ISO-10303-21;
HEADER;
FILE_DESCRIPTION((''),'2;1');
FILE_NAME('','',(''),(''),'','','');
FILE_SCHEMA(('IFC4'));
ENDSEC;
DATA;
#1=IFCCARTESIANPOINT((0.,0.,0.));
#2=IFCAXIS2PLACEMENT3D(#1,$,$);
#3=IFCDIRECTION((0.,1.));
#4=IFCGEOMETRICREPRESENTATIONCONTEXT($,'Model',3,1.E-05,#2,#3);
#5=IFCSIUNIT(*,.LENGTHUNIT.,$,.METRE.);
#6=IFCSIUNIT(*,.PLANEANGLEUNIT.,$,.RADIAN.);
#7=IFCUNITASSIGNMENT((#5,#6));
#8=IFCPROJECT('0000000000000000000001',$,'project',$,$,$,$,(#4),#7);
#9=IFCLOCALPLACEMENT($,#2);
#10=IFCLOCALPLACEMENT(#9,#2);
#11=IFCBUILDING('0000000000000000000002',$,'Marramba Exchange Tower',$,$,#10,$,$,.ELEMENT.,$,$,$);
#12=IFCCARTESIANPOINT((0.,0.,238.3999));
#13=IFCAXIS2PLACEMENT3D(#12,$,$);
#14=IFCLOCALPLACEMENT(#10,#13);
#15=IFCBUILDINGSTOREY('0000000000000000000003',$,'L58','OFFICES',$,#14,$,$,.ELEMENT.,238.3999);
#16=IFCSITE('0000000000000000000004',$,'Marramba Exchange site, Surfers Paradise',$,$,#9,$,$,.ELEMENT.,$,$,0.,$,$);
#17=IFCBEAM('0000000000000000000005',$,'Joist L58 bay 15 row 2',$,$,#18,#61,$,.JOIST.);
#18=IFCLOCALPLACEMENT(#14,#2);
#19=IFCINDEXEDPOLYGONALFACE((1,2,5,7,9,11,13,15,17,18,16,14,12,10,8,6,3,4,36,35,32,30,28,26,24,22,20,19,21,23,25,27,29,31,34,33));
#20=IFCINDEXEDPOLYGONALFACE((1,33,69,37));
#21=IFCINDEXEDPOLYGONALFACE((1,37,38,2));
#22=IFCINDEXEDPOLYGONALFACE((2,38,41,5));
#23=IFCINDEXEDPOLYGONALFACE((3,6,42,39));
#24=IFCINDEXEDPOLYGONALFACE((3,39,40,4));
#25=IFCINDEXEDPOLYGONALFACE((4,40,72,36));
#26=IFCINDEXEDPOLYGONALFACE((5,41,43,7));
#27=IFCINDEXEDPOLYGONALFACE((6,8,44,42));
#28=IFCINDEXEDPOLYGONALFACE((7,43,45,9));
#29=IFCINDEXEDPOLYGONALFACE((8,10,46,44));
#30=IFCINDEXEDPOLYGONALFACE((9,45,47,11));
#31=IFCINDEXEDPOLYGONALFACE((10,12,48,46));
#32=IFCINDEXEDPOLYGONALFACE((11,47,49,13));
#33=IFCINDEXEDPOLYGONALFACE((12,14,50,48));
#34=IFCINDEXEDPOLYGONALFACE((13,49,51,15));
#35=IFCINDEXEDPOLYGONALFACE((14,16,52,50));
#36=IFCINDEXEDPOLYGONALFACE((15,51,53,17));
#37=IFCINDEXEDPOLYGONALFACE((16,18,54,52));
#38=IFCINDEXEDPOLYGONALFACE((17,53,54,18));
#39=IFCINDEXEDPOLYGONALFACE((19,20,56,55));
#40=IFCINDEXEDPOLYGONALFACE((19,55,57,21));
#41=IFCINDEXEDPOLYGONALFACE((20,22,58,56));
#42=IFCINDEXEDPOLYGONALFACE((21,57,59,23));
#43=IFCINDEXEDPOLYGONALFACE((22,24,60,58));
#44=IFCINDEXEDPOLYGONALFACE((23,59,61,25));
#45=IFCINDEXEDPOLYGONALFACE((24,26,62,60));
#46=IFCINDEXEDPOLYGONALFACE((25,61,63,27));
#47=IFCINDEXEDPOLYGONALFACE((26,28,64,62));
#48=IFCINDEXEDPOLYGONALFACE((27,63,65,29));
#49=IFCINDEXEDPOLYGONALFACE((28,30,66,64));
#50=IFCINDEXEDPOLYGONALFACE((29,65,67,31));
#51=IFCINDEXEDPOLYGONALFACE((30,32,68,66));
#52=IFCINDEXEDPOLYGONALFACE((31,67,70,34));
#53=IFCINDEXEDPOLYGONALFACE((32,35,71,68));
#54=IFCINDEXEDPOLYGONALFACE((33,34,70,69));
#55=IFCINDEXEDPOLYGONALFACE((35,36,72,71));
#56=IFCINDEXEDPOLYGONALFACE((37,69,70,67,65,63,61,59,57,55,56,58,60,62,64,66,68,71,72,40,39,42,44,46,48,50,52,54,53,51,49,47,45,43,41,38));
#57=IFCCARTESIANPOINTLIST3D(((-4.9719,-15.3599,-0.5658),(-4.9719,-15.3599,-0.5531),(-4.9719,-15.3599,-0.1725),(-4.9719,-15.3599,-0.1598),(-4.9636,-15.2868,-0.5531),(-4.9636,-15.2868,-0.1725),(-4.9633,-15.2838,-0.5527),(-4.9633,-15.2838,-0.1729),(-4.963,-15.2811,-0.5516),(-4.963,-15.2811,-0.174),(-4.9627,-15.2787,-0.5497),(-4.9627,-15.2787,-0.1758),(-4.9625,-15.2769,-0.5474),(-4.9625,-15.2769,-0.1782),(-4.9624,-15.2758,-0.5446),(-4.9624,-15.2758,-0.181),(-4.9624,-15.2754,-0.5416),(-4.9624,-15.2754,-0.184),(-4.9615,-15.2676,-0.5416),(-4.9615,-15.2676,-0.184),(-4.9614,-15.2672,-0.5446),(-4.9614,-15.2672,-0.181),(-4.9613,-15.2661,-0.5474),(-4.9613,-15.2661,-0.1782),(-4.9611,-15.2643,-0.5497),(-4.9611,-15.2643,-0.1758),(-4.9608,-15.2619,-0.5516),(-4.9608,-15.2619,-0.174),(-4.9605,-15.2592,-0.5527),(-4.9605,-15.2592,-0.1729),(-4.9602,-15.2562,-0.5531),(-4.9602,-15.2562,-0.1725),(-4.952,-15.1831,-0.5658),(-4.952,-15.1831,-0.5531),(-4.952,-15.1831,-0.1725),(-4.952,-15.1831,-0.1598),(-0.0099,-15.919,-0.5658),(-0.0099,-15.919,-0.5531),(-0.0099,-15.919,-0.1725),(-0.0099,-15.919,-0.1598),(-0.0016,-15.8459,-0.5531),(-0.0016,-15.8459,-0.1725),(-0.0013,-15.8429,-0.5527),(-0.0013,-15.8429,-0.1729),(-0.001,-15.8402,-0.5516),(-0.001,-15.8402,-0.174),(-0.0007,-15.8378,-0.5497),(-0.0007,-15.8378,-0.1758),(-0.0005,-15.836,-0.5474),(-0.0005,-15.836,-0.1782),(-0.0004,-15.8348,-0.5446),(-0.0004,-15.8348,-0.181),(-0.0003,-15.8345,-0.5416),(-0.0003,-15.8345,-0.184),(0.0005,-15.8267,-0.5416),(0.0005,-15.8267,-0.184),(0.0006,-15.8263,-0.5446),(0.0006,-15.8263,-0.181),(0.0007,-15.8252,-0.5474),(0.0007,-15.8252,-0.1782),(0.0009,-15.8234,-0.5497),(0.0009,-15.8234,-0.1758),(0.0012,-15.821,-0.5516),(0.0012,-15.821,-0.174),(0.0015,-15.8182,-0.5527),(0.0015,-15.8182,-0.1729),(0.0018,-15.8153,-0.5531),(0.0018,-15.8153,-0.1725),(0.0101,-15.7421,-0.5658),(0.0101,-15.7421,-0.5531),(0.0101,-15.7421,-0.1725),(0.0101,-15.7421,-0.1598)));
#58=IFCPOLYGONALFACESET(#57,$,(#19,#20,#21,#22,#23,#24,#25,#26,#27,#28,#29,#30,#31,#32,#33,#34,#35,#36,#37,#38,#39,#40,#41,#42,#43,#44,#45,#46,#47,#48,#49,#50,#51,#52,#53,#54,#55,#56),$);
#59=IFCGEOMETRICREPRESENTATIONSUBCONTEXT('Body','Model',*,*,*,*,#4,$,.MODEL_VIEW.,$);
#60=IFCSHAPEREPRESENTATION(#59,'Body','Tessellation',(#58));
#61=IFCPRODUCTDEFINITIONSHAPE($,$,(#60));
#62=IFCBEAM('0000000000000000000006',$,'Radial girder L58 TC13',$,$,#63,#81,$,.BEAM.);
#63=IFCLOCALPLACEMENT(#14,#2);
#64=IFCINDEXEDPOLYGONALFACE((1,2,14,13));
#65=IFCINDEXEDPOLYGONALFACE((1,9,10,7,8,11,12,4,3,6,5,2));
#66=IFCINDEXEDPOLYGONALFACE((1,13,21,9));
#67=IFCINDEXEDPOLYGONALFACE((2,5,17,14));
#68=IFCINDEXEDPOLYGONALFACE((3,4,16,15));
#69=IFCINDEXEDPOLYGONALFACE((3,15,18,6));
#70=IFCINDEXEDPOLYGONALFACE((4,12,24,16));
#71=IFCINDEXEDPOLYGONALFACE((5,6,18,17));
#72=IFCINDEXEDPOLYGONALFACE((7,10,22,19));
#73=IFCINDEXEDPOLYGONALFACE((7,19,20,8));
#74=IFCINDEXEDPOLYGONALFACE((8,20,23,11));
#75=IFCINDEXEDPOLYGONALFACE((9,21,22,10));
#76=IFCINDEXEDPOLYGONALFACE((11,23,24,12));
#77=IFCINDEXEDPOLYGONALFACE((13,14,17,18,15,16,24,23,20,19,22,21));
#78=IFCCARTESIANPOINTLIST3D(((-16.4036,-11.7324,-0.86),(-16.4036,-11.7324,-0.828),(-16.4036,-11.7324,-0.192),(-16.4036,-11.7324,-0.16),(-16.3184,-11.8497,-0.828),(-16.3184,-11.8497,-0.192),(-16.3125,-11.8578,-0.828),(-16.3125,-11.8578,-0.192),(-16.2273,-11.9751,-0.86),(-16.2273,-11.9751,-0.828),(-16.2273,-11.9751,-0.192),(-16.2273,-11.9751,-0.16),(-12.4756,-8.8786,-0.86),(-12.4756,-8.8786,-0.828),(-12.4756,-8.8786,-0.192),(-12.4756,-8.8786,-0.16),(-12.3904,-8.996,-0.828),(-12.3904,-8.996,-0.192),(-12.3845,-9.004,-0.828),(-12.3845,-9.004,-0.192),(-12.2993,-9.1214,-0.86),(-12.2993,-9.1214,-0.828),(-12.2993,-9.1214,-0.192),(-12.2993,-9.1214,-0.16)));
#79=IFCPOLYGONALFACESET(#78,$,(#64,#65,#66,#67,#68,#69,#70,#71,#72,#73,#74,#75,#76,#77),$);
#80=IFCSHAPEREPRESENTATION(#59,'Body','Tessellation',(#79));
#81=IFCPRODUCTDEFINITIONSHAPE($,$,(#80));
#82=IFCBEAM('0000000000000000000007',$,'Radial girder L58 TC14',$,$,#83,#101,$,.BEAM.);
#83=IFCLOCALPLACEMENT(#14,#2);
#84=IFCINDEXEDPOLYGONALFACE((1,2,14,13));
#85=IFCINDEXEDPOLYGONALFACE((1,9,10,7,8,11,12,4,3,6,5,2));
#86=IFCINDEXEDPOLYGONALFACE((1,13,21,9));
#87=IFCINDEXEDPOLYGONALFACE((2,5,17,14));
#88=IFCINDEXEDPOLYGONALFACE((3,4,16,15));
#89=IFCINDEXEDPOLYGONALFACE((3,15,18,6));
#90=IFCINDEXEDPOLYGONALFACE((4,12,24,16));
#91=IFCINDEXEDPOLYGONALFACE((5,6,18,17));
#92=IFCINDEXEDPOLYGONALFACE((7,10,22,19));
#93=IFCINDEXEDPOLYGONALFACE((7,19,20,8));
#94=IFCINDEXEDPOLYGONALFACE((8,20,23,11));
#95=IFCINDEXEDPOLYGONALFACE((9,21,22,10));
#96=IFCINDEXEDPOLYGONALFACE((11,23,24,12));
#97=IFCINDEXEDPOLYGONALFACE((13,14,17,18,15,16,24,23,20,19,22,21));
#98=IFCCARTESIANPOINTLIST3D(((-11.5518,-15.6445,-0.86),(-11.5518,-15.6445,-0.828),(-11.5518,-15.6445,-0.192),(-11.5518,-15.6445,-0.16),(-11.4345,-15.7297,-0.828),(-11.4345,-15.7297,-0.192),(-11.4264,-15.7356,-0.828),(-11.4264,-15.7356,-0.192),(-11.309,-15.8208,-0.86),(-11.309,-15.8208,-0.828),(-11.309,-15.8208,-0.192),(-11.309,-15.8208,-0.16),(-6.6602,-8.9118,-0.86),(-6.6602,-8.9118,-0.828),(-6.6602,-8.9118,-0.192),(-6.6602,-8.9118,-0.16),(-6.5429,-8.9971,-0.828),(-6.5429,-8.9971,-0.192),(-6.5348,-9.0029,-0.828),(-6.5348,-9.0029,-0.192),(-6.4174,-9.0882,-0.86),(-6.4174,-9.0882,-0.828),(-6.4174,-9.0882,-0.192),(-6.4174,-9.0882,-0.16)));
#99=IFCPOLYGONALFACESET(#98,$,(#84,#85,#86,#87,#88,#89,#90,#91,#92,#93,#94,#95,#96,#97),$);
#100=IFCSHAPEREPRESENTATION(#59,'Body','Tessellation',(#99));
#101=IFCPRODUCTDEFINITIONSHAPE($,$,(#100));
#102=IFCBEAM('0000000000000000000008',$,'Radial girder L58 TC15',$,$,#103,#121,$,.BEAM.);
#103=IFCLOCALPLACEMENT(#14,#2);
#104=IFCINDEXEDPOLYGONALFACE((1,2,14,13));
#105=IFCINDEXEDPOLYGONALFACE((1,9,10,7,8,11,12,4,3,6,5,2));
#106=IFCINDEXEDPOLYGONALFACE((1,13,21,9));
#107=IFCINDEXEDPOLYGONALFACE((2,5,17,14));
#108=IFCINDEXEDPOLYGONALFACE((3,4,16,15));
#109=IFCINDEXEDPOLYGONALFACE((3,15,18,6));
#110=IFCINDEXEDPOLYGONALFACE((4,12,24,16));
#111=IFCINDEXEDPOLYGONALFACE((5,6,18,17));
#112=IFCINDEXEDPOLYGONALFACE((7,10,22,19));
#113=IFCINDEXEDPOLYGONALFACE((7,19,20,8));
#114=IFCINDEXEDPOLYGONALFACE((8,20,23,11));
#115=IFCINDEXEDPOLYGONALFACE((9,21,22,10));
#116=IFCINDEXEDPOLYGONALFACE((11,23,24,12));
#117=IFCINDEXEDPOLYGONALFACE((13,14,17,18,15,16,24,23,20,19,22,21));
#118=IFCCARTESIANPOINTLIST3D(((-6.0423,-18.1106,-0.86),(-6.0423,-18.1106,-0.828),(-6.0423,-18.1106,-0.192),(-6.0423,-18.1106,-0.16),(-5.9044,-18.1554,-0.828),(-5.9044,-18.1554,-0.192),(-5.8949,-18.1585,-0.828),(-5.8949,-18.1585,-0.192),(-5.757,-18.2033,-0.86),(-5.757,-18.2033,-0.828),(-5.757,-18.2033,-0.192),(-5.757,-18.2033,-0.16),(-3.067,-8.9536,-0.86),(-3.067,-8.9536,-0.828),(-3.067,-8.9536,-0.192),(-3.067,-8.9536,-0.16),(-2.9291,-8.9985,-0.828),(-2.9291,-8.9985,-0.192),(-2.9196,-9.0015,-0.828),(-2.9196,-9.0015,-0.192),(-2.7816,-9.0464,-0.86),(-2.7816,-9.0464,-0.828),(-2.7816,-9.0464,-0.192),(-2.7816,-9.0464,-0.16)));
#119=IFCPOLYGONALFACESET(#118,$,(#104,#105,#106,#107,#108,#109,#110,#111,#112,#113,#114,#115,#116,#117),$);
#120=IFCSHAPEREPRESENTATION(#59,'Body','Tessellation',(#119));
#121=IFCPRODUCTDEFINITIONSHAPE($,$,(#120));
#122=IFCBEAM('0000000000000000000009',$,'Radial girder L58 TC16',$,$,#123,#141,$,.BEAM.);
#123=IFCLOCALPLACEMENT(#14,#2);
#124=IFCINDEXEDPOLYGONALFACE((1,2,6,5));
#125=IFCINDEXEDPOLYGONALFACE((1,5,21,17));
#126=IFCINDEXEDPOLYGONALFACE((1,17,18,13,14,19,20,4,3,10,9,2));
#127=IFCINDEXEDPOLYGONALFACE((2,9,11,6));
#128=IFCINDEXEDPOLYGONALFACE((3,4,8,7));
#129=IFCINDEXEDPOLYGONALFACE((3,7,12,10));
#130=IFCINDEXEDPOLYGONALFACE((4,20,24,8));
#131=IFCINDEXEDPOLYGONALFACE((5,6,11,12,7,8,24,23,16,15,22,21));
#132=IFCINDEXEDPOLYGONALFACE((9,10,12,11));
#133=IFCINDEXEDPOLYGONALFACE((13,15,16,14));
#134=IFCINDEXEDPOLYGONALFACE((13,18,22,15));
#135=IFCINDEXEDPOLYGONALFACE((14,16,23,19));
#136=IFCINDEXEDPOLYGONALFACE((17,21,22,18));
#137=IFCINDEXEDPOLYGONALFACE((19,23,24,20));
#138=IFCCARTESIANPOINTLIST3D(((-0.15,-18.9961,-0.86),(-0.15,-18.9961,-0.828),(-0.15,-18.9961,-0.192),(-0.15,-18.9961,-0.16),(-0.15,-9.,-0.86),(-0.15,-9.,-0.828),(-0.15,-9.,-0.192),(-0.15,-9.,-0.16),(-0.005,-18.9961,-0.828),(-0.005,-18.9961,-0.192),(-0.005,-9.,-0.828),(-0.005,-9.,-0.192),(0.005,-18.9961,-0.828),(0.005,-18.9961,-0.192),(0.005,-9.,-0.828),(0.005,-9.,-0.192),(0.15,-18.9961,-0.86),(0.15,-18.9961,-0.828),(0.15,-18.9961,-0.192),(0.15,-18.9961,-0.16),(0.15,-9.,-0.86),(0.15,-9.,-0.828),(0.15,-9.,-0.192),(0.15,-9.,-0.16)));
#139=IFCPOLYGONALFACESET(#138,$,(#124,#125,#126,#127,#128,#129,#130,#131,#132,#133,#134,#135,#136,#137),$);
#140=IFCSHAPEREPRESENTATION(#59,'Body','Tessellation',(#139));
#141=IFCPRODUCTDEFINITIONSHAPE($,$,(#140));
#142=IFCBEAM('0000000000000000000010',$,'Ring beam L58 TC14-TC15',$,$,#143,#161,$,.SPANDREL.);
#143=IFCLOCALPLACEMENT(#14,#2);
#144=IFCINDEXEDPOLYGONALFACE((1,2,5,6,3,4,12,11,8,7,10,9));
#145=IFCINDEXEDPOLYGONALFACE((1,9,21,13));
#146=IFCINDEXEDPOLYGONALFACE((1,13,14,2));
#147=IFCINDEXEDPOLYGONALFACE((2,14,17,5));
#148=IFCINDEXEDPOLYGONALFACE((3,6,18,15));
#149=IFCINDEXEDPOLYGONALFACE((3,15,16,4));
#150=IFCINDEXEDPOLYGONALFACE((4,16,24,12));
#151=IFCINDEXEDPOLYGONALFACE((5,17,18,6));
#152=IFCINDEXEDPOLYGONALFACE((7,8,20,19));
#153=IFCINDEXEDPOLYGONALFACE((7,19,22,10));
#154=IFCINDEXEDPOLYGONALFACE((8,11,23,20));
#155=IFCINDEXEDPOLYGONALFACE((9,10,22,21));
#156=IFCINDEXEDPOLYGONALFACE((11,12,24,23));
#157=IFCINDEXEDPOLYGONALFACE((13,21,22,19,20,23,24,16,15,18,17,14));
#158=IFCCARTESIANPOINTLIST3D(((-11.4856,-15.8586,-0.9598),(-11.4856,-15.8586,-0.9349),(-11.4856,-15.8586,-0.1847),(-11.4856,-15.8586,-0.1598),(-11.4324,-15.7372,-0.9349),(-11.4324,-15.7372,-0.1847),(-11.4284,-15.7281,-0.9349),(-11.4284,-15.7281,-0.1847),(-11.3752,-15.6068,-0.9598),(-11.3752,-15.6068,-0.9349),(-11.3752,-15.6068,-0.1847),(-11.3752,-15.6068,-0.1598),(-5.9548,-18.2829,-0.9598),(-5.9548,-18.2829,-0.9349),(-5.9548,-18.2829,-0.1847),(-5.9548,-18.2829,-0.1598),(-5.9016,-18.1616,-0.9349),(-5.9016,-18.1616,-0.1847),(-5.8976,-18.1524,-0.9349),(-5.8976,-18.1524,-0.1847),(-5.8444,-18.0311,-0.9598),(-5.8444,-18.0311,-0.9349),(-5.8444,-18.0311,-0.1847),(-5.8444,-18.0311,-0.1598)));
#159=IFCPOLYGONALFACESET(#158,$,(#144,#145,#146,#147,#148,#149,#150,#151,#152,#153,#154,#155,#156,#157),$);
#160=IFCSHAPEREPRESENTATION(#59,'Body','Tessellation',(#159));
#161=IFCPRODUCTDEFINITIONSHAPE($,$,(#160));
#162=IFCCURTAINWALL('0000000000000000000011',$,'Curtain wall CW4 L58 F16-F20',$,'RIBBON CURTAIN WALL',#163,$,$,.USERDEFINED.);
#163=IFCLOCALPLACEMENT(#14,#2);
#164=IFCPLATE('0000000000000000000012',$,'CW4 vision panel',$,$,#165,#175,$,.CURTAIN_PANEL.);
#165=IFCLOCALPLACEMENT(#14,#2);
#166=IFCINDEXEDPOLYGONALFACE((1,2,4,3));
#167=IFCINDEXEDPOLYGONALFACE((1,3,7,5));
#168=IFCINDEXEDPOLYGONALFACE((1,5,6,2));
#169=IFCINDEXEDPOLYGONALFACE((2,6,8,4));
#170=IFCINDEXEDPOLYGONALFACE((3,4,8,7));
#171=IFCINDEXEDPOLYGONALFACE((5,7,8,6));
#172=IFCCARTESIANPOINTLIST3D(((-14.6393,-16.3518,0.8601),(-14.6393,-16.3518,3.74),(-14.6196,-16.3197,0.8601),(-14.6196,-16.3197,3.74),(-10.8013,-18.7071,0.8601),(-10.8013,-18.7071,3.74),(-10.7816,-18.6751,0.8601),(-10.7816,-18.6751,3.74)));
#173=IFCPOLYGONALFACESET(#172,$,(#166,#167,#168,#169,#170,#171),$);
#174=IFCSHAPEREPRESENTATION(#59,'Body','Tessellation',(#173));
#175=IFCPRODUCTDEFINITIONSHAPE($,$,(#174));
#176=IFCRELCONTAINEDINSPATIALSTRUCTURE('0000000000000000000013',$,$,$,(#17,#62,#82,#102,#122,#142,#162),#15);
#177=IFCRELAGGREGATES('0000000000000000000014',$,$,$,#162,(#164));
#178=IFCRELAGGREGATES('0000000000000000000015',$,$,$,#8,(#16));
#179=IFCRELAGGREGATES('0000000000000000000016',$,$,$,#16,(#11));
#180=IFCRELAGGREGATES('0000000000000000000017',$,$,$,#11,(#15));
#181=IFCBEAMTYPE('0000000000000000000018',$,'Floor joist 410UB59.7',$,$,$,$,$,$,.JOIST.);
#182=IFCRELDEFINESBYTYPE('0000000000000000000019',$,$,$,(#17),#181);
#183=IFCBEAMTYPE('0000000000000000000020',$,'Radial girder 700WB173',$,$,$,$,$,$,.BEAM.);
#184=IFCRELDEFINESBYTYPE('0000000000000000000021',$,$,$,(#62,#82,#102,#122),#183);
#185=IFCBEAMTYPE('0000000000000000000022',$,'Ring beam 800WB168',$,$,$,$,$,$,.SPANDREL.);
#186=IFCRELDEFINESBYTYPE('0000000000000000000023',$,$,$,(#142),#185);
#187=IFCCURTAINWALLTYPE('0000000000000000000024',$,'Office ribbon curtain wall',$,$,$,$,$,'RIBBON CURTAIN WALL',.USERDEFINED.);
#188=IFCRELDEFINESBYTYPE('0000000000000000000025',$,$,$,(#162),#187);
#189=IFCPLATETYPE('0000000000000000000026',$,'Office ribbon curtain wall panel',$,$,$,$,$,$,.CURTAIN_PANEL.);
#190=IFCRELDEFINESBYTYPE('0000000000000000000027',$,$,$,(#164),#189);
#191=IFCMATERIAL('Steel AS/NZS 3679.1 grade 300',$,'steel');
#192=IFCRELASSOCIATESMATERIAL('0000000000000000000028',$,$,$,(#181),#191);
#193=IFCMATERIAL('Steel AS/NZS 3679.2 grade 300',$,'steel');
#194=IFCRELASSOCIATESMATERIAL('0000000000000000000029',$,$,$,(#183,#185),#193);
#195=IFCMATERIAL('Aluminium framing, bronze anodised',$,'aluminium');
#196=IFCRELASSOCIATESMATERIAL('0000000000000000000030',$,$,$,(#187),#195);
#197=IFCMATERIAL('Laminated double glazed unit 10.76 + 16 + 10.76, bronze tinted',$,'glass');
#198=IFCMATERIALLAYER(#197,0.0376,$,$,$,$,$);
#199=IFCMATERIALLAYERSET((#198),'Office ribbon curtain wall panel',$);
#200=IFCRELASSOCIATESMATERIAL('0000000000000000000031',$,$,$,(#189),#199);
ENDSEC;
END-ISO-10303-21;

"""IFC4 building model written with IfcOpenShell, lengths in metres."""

from ifc_helpers import new_model, si_unit, direction, frame, origin, origin_2d, place, context, subcontext, project, spatial, rectangle, i_section, extrude, material, layer, layer_set, material_profile, profile_set, type_object, element, aggregate, save


model = new_model("IFC4")

# Units and contexts
model_context = context("Model", 3, precision=1e-05, world=origin(), true_north=direction((0.0, 1.0)))
body_context = subcontext(model_context, "Body", "Model", "MODEL_VIEW")
ifc_project = project(units=[si_unit("LENGTHUNIT", "METRE"), si_unit("PLANEANGLEUNIT", "RADIAN")], contexts=[model_context])

# Site, building, storey
site_placement = place(None, origin())
site = spatial("IfcSite", under=ifc_project, at=site_placement, Name="Marramba Exchange site, Surfers Paradise", CompositionType="ELEMENT", RefElevation=0.0)
building_placement = place(site_placement, origin())
building = spatial("IfcBuilding", under=site, at=building_placement, Name="Marramba Exchange Tower", CompositionType="ELEMENT")
storey_placement = place(building_placement, frame((0.0, 0.0, 238.3999)))
storey = spatial("IfcBuildingStorey", under=building, at=storey_placement, Name="L58", Description="OFFICES", CompositionType="ELEMENT", Elevation=238.3999)

# Beams
ifc_material_1 = material(Name="Steel AS/NZS 3679.2 grade 300", Category="steel")
ifc_material_2 = material(Name="Steel AS/NZS 3679.1 grade 300", Category="steel")
ifc_material_profile_1 = material_profile(ifc_material_2, i_section(OverallWidth=0.178, OverallDepth=0.406, WebThickness=0.0078, FlangeThickness=0.0127, FilletRadius=0.0115, at=origin_2d()), Name="410UB59.7")
ifc_profile_set_1 = profile_set([ifc_material_profile_1], Name="Steel AS/NZS 3679.1 grade 300")
beam_type_1 = type_object("IfcBeamType", Name="Floor joist 410UB59.7", PredefinedType="JOIST", material=ifc_profile_set_1)
beam_1_placement = place(storey_placement, frame((-4.9619, -15.2715, -0.3628), z_axis=(0.993712, -0.111966, 0.0), x_axis=(0.111966, 0.993712, 0.0)))
element("IfcBeam", 1, at=beam_1_placement, inside=storey, type_object=beam_type_1, Name="Joist L58 bay 15 row 2", PredefinedType="JOIST", context=body_context, shape_type="SweptSolid", body=[
    extrude(i_section(OverallWidth=0.178, OverallDepth=0.406, WebThickness=0.0078, FlangeThickness=0.0127, FilletRadius=0.0115, at=origin_2d()), origin(), (0.0, 0.0, 1.0), 4.9934),
])
ifc_material_profile_2 = material_profile(ifc_material_1, i_section(OverallWidth=0.3, OverallDepth=0.7, WebThickness=0.01, FlangeThickness=0.032, at=origin_2d()), Name="700WB173")
ifc_profile_set_2 = profile_set([ifc_material_profile_2], Name="Steel AS/NZS 3679.2 grade 300")
beam_type_2 = type_object("IfcBeamType", Name="Radial girder 700WB173", PredefinedType="BEAM", material=ifc_profile_set_2)
beam_2_placement = place(storey_placement, frame((-12.3875, -9.0, -0.51), z_axis=(-0.809025, -0.587774, 0.0), x_axis=(0.587774, -0.809025, 0.0)))
element("IfcBeam", 2, at=beam_2_placement, inside=storey, type_object=beam_type_2, Name="Radial girder L58 TC13", PredefinedType="BEAM", context=body_context, shape_type="SweptSolid", body=[
    extrude(i_section(OverallWidth=0.3, OverallDepth=0.7, WebThickness=0.01, FlangeThickness=0.032, at=origin_2d()), origin(), (0.0, 0.0, 1.0), 4.8552),
])
beam_3_placement = place(storey_placement, frame((-6.5388, -9.0, -0.51), z_axis=(-0.587788, -0.809015, 0.0), x_axis=(0.809015, -0.587788, 0.0)))
element("IfcBeam", 3, at=beam_3_placement, inside=storey, type_object=beam_type_2, Name="Radial girder L58 TC14", PredefinedType="BEAM", context=body_context, shape_type="SweptSolid", body=[
    extrude(i_section(OverallWidth=0.3, OverallDepth=0.7, WebThickness=0.01, FlangeThickness=0.032, at=origin_2d()), origin(), (0.0, 0.0, 1.0), 8.322),
])
beam_4_placement = place(storey_placement, frame((-2.9243, -9.0, -0.51), z_axis=(-0.309022, -0.951055, 0.0), x_axis=(0.951055, -0.309022, 0.0)))
element("IfcBeam", 4, at=beam_4_placement, inside=storey, type_object=beam_type_2, Name="Radial girder L58 TC15", PredefinedType="BEAM", context=body_context, shape_type="SweptSolid", body=[
    extrude(i_section(OverallWidth=0.3, OverallDepth=0.7, WebThickness=0.01, FlangeThickness=0.032, at=origin_2d()), origin(), (0.0, 0.0, 1.0), 9.6282),
])
beam_5_placement = place(storey_placement, frame((0.0, -9.0, -0.51), z_axis=(0.0, -1.0, 0.0), x_axis=(1.0, 0.0, 0.0)))
element("IfcBeam", 5, at=beam_5_placement, inside=storey, type_object=beam_type_2, Name="Radial girder L58 TC16", PredefinedType="BEAM", context=body_context, shape_type="SweptSolid", body=[
    extrude(i_section(OverallWidth=0.3, OverallDepth=0.7, WebThickness=0.01, FlangeThickness=0.032, at=origin_2d()), origin(), (0.0, 0.0, 1.0), 9.9961),
])
ifc_material_profile_3 = material_profile(ifc_material_1, i_section(OverallWidth=0.2749, OverallDepth=0.8, WebThickness=0.01, FlangeThickness=0.0249, at=origin_2d()), Name="800WB168")
ifc_profile_set_3 = profile_set([ifc_material_profile_3], Name="Steel AS/NZS 3679.2 grade 300")
beam_type_3 = type_object("IfcBeamType", Name="Ring beam 800WB168", PredefinedType="SPANDREL", material=ifc_profile_set_3)
beam_6_placement = place(storey_placement, frame((-11.4304, -15.7327, -0.5598), z_axis=(0.915877, -0.401459, 0.0), x_axis=(0.401459, 0.915877, 0.0)))
element("IfcBeam", 6, at=beam_6_placement, inside=storey, type_object=beam_type_3, Name="Ring beam L58 TC14-TC15", PredefinedType="SPANDREL", context=body_context, shape_type="SweptSolid", body=[
    extrude(i_section(OverallWidth=0.2749, OverallDepth=0.8, WebThickness=0.01, FlangeThickness=0.0249, at=origin_2d()), origin(), (0.0, 0.0, 1.0), 6.0388),
])

# Curtain wall, plate
ifc_material_3 = material(Name="Aluminium framing, bronze anodised", Category="aluminium")
curtain_wall_type = type_object("IfcCurtainWallType", Name="Office ribbon curtain wall", ElementType="RIBBON CURTAIN WALL", PredefinedType="USERDEFINED", material=ifc_material_3)
curtain_wall_placement = place(storey_placement, origin())
curtain_wall = element("IfcCurtainWall", 7, at=curtain_wall_placement, inside=storey, type_object=curtain_wall_type, Name="Curtain wall CW4 L58 F16-F20", ObjectType="RIBBON CURTAIN WALL", PredefinedType="USERDEFINED")
ifc_material_4 = material(Name="Laminated double glazed unit 10.76 + 16 + 10.76, bronze tinted", Category="glass")
ifc_layer_1 = layer(ifc_material_4, 0.0376)
ifc_layer_set_1 = layer_set([ifc_layer_1], Name="Office ribbon curtain wall panel")
plate_type = type_object("IfcPlateType", Name="Office ribbon curtain wall panel", PredefinedType="CURTAIN_PANEL", material=ifc_layer_set_1)
plate_placement = place(storey_placement, frame((-12.7104, -17.5134, 0.8601), z_axis=(0.0, 0.0, 1.0), x_axis=(0.852301, -0.523052, 0.0)))
plate = element("IfcPlate", 8, at=plate_placement, type_object=plate_type, Name="CW4 vision panel", PredefinedType="CURTAIN_PANEL", context=body_context, shape_type="SweptSolid", body=[
    extrude(rectangle(XDim=4.5032, YDim=0.0376, at=origin_2d()), origin(), (0.0, 0.0, 1.0), 2.8799),
])
aggregate(curtain_wall, [plate])

save(model, "model.ifc")
